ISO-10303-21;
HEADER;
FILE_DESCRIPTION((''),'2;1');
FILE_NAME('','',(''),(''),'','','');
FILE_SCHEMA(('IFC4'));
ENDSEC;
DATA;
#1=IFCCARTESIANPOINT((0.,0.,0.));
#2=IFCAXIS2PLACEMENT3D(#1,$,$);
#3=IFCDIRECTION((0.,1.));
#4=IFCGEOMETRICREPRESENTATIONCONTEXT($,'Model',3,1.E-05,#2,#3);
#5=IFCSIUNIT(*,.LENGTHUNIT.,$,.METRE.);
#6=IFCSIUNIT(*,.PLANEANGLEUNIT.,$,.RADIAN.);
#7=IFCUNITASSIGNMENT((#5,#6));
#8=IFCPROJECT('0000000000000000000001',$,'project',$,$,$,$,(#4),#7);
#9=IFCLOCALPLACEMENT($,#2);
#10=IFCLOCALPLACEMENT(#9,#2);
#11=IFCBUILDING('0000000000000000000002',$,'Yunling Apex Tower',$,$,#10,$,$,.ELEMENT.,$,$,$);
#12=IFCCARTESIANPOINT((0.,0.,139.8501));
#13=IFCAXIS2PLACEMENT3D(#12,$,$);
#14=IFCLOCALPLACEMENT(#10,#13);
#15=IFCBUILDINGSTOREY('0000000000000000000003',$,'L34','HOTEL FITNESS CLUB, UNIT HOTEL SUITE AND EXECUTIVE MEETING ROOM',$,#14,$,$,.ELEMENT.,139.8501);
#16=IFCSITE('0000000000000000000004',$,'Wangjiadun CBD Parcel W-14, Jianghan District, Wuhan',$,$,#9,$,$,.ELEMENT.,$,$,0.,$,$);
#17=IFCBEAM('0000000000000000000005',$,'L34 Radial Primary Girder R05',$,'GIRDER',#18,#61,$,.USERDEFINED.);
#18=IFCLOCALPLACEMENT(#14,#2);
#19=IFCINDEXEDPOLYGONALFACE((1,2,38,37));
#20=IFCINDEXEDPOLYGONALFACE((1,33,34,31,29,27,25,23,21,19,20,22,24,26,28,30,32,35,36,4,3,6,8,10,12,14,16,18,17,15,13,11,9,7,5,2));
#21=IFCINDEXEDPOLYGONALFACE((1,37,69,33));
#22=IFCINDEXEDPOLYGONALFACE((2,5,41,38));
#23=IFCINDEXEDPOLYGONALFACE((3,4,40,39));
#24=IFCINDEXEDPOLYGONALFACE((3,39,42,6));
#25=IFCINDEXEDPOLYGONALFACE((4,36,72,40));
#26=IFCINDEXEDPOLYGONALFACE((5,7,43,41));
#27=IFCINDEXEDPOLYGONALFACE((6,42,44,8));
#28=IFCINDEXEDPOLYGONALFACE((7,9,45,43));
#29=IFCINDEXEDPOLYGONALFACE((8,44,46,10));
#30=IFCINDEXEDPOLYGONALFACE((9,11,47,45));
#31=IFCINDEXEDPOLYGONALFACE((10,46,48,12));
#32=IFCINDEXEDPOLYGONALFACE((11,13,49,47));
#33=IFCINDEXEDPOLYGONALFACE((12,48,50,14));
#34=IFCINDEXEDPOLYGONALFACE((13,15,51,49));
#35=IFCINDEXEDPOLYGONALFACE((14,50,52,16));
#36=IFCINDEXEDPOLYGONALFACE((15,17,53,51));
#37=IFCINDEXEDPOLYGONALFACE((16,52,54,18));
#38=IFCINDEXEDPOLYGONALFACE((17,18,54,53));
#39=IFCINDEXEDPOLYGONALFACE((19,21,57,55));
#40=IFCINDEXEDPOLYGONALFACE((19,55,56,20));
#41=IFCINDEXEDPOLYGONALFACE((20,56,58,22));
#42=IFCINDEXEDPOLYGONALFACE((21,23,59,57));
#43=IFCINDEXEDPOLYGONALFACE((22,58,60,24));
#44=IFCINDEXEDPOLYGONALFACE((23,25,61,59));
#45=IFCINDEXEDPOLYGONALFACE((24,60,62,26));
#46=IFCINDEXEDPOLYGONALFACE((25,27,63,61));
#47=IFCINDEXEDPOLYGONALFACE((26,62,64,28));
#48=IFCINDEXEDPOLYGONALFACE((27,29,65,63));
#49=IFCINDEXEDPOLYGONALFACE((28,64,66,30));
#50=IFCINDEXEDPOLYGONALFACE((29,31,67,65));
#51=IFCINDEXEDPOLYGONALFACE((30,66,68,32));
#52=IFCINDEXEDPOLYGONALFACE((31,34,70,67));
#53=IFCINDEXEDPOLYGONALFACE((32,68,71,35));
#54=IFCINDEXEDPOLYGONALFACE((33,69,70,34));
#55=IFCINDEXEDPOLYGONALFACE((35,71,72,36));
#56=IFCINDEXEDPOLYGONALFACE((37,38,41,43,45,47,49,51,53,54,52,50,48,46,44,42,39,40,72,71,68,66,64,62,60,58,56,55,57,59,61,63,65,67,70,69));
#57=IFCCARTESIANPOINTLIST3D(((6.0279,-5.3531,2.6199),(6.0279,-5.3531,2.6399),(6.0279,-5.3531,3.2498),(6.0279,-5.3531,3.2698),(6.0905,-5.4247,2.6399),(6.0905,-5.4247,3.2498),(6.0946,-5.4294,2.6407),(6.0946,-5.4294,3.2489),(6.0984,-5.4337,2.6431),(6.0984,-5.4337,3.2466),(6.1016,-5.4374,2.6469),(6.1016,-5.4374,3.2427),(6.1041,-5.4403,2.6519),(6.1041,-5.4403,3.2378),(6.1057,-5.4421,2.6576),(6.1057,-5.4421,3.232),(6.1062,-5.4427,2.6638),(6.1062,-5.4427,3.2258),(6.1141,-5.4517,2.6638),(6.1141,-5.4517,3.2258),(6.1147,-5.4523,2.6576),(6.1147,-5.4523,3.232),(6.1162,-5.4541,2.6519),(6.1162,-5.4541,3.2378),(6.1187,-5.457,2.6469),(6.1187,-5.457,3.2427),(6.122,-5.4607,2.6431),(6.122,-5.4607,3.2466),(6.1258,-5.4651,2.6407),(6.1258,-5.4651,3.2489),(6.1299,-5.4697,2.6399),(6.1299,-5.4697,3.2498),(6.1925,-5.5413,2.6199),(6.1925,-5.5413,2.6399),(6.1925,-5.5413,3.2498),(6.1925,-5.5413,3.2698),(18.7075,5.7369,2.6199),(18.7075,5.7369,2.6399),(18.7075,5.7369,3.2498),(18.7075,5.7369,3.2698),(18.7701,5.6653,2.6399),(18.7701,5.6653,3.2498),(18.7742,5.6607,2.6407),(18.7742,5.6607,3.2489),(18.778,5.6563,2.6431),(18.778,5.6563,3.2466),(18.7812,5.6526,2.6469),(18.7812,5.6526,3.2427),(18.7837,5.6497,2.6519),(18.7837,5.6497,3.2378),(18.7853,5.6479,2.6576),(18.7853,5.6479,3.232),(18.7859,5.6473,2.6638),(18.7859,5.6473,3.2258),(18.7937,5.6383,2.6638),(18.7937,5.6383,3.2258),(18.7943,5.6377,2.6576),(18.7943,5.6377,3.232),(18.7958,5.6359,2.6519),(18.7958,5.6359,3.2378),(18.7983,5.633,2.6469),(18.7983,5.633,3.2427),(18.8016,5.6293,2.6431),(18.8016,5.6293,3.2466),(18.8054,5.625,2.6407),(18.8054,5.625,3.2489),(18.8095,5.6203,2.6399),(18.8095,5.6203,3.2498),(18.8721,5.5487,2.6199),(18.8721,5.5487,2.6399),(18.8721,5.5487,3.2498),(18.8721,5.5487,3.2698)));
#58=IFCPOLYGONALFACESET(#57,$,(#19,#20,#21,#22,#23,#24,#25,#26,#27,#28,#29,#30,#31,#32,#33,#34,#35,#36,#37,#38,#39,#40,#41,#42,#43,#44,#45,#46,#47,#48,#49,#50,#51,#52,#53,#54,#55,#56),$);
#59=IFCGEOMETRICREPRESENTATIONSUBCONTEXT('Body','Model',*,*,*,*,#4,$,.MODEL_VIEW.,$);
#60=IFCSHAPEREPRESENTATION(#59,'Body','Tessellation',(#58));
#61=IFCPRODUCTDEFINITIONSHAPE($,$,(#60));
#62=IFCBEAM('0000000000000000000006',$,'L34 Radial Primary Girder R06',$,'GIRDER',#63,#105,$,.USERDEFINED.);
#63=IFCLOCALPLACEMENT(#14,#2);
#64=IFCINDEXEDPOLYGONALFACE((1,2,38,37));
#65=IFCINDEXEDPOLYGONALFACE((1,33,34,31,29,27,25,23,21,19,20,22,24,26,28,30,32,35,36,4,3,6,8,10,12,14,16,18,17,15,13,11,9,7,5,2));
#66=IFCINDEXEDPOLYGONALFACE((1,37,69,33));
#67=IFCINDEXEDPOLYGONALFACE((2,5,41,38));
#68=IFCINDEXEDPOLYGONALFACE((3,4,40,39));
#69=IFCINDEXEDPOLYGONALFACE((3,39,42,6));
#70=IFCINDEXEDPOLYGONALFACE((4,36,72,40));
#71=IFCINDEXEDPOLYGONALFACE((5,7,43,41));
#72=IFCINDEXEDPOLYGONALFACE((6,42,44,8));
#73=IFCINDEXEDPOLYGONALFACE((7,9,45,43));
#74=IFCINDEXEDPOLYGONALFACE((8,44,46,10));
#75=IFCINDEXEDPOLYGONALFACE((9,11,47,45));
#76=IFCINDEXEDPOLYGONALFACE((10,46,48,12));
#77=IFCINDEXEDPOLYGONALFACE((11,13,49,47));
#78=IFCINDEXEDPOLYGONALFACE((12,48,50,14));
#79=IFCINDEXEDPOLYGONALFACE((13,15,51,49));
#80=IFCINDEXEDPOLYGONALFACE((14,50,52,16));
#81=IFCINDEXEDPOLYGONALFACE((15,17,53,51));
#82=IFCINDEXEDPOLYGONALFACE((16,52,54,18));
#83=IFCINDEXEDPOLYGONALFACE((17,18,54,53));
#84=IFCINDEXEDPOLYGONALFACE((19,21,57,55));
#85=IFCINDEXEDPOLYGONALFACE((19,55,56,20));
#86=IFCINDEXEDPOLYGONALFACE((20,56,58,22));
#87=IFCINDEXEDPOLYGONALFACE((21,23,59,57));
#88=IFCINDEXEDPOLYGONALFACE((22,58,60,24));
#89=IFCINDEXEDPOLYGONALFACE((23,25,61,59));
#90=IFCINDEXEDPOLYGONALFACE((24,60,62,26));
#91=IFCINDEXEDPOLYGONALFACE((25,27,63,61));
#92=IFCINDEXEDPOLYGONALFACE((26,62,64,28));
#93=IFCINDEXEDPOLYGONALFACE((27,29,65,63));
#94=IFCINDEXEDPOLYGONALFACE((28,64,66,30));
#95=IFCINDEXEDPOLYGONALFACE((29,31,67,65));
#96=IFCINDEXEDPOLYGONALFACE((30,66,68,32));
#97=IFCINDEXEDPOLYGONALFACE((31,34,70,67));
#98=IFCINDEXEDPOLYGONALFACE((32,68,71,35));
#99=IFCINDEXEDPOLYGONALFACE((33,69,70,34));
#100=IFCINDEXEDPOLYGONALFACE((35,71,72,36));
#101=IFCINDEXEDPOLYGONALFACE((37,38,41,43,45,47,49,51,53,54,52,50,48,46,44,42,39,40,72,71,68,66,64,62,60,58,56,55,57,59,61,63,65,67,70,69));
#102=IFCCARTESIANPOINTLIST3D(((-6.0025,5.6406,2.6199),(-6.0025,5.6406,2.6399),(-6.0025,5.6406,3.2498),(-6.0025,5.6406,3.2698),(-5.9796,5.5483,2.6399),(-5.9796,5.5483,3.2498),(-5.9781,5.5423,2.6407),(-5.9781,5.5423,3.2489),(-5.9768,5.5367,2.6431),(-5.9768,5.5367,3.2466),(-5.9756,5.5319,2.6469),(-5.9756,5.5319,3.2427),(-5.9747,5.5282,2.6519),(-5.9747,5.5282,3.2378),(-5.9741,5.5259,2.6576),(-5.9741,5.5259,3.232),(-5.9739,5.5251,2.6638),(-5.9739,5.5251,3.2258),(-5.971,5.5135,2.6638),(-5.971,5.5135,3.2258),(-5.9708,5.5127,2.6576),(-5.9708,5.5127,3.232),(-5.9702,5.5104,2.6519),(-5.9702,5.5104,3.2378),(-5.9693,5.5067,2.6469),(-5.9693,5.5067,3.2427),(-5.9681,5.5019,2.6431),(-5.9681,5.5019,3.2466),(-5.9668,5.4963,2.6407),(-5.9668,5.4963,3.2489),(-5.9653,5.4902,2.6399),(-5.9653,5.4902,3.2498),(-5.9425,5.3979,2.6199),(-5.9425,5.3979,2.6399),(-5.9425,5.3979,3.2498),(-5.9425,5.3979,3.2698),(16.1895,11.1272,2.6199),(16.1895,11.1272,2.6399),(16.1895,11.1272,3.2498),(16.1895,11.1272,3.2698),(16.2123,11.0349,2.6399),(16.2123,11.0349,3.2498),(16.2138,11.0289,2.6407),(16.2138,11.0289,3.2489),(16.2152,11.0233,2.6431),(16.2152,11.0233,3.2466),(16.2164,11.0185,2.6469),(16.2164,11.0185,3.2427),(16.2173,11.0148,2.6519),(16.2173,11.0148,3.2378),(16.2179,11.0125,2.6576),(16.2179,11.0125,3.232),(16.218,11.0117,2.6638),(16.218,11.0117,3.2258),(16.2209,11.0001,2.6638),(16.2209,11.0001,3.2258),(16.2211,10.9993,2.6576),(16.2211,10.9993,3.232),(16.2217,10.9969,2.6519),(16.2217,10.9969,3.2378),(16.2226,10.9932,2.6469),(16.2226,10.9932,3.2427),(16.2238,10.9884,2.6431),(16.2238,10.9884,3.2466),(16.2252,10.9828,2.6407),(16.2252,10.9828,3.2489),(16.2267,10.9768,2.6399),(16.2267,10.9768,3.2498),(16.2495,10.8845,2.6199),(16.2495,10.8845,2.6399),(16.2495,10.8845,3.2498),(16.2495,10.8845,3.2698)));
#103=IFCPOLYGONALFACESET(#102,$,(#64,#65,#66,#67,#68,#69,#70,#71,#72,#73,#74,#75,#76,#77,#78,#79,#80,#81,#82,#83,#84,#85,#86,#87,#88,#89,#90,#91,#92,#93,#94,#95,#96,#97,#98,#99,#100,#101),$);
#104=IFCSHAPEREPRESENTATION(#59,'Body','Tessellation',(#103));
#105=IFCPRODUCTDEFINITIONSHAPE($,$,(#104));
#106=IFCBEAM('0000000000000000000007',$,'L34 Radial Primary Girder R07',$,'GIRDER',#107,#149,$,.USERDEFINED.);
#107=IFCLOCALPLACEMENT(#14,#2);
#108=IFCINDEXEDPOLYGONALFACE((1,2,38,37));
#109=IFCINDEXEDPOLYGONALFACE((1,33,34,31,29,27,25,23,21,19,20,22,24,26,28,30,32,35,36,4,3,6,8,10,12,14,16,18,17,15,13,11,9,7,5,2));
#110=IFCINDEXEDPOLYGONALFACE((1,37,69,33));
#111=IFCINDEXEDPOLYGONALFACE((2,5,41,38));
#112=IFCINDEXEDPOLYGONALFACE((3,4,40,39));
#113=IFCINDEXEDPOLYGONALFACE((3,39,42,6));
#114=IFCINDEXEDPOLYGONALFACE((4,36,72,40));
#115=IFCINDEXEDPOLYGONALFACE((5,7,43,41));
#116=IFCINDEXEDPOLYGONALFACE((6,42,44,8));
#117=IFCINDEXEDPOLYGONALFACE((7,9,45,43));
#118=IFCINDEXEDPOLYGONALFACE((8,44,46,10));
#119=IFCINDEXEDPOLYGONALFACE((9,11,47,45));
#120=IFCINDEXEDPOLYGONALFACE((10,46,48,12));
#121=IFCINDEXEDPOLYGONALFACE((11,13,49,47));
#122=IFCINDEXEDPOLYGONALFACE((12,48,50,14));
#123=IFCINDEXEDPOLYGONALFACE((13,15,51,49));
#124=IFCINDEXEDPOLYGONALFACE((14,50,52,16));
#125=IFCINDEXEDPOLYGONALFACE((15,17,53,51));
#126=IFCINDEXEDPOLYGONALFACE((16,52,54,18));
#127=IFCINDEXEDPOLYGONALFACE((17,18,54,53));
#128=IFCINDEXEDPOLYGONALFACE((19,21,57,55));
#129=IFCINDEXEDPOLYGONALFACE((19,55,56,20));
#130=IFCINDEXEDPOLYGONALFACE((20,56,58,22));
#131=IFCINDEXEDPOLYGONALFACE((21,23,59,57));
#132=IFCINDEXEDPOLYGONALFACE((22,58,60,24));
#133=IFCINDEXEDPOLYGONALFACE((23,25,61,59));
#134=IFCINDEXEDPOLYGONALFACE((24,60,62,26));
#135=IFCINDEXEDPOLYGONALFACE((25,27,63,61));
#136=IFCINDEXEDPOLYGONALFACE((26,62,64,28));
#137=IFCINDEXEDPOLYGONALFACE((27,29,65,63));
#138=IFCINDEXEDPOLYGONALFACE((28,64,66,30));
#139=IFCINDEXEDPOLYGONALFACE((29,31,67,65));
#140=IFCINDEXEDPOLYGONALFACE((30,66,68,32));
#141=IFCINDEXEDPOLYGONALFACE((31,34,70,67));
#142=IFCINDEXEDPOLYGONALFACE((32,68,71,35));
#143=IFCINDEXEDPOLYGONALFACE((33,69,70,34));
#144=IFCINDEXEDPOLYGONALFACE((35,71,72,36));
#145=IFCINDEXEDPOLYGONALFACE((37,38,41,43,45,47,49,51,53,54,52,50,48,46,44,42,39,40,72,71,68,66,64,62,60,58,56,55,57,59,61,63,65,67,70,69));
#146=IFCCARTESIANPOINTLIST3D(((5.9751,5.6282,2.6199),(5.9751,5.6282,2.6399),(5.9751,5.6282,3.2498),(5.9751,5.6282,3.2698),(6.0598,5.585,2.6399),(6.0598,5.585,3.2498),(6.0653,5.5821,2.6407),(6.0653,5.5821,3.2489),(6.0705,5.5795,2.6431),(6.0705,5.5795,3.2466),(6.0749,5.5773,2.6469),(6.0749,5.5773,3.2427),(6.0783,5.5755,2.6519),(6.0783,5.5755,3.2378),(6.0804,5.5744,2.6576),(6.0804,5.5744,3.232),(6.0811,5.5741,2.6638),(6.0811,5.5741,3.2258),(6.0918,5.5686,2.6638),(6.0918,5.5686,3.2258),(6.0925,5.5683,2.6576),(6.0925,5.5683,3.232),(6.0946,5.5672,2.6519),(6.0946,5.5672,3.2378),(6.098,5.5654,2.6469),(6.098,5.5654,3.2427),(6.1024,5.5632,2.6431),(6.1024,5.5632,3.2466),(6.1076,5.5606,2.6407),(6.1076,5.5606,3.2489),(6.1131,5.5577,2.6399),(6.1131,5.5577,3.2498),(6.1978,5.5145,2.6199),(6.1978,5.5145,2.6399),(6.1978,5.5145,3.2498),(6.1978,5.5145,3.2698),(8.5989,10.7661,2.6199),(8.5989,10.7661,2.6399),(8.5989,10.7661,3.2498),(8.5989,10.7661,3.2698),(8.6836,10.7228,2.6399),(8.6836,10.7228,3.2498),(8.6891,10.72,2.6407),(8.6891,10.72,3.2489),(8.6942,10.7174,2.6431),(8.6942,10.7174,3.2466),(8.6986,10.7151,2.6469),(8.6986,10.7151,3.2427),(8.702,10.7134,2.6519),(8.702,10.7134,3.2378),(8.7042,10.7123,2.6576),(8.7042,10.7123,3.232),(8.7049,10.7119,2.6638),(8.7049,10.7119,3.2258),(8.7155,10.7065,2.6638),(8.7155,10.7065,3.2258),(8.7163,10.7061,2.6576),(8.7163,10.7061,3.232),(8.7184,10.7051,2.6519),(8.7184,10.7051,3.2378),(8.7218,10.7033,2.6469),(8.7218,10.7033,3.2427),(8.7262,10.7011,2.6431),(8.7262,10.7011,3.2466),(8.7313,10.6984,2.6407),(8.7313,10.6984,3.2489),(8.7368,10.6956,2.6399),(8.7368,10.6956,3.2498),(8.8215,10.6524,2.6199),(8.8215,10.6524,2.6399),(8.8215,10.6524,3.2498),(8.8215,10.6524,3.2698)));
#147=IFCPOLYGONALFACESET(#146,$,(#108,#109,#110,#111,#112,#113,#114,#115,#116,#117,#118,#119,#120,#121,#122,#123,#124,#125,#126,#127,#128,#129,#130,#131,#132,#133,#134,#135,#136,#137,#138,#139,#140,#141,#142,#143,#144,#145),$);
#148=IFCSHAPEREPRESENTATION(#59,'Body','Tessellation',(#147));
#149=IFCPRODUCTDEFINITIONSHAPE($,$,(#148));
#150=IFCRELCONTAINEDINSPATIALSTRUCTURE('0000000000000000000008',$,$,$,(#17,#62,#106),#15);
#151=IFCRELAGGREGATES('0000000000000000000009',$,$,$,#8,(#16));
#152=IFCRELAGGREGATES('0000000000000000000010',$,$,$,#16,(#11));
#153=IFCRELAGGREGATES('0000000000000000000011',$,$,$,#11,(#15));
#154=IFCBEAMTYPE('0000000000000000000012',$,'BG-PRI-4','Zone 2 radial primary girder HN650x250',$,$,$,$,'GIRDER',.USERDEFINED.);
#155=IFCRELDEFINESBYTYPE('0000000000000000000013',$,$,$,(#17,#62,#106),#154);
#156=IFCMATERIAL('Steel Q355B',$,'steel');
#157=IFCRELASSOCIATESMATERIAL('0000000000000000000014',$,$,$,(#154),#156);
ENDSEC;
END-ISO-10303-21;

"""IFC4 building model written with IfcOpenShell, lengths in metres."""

from ifc_helpers import new_model, si_unit, direction, frame, origin, origin_2d, place, context, subcontext, project, spatial, i_section, extrude, source, transform, mapped, material, material_profile, profile_set, type_object, element, save


model = new_model("IFC4")

# Units and contexts
model_context = context("Model", 3, precision=1e-05, world=origin(), true_north=direction((0.0, 1.0)))
body_context = subcontext(model_context, "Body", "Model", "MODEL_VIEW")
ifc_project = project(units=[si_unit("LENGTHUNIT", "METRE"), si_unit("PLANEANGLEUNIT", "RADIAN")], contexts=[model_context])

# Site, building, storey
site_placement = place(None, origin())
site = spatial("IfcSite", under=ifc_project, at=site_placement, Name="Wangjiadun CBD Parcel W-14, Jianghan District, Wuhan", CompositionType="ELEMENT", RefElevation=0.0)
building_placement = place(site_placement, origin())
building = spatial("IfcBuilding", under=site, at=building_placement, Name="Yunling Apex Tower", CompositionType="ELEMENT")
storey_placement = place(building_placement, frame((0.0, 0.0, 139.8501)))
storey = spatial("IfcBuildingStorey", under=building, at=storey_placement, Name="L34", Description="HOTEL FITNESS CLUB, UNIT HOTEL SUITE AND EXECUTIVE MEETING ROOM", CompositionType="ELEMENT", Elevation=139.8501)

# Beams
ifc_material_1 = material(Name="Steel Q355B", Category="steel")
ifc_material_profile_1 = material_profile(ifc_material_1, i_section(OverallWidth=0.25, OverallDepth=0.6499, WebThickness=0.012, FlangeThickness=0.02, FilletRadius=0.0239, at=origin_2d()))
ifc_profile_set_1 = profile_set([ifc_material_profile_1], Name="Steel Q355B")
beam_type_1 = type_object("IfcBeamType", Name="BG-PRI-4", Description="Zone 2 radial primary girder HN650x250", ElementType="GIRDER", PredefinedType="USERDEFINED", material=ifc_profile_set_1)
shared_shape_1 = source(origin(), body_context, "Body", "SweptSolid", [
    extrude(i_section(OverallWidth=0.25, OverallDepth=0.6499, WebThickness=0.012, FlangeThickness=0.02, FilletRadius=0.0239, at=origin_2d()), origin(), (0.0, 0.0, 1.0), 16.8452),
])
beam_1_placement = place(storey_placement, frame((18.7898, 5.6428, 2.9448), z_axis=(-0.752713, -0.658349, 0.0), x_axis=(0.658349, -0.752713, 0.0)))
element("IfcBeam", 1, at=beam_1_placement, inside=storey, type_object=beam_type_1, Name="L34 Radial Primary Girder R05", ObjectType="GIRDER", PredefinedType="USERDEFINED", context=body_context, shape_type="MappedRepresentation", body=[
    mapped(shared_shape_1, transform((0.0, 0.0, 0.0), scale=1.0)),
])
shared_shape_2 = source(origin(), body_context, "Body", "SweptSolid", [
    extrude(i_section(OverallWidth=0.25, OverallDepth=0.6499, WebThickness=0.012, FlangeThickness=0.02, FilletRadius=0.0239, at=origin_2d()), origin(), (0.0, 0.0, 1.0), 22.8601),
])
beam_2_placement = place(storey_placement, frame((16.2195, 11.0059, 2.9448), z_axis=(-0.970771, -0.240007, 0.0), x_axis=(0.240007, -0.970771, 0.0)))
element("IfcBeam", 2, at=beam_2_placement, inside=storey, type_object=beam_type_1, Name="L34 Radial Primary Girder R06", ObjectType="GIRDER", PredefinedType="USERDEFINED", context=body_context, shape_type="MappedRepresentation", body=[
    mapped(shared_shape_2, transform((0.0, 0.0, 0.0), scale=1.0)),
])
shared_shape_3 = source(origin(), body_context, "Body", "SweptSolid", [
    extrude(i_section(OverallWidth=0.25, OverallDepth=0.6499, WebThickness=0.012, FlangeThickness=0.02, FilletRadius=0.0239, at=origin_2d()), origin(), (0.0, 0.0, 1.0), 5.769),
])
beam_3_placement = place(storey_placement, frame((8.7102, 10.7092, 2.9448), z_axis=(-0.454798, -0.890595, 0.0), x_axis=(0.890595, -0.454798, 0.0)))
element("IfcBeam", 3, at=beam_3_placement, inside=storey, type_object=beam_type_1, Name="L34 Radial Primary Girder R07", ObjectType="GIRDER", PredefinedType="USERDEFINED", context=body_context, shape_type="MappedRepresentation", body=[
    mapped(shared_shape_3, transform((0.0, 0.0, 0.0), scale=1.0)),
])

save(model, "model.ifc")
